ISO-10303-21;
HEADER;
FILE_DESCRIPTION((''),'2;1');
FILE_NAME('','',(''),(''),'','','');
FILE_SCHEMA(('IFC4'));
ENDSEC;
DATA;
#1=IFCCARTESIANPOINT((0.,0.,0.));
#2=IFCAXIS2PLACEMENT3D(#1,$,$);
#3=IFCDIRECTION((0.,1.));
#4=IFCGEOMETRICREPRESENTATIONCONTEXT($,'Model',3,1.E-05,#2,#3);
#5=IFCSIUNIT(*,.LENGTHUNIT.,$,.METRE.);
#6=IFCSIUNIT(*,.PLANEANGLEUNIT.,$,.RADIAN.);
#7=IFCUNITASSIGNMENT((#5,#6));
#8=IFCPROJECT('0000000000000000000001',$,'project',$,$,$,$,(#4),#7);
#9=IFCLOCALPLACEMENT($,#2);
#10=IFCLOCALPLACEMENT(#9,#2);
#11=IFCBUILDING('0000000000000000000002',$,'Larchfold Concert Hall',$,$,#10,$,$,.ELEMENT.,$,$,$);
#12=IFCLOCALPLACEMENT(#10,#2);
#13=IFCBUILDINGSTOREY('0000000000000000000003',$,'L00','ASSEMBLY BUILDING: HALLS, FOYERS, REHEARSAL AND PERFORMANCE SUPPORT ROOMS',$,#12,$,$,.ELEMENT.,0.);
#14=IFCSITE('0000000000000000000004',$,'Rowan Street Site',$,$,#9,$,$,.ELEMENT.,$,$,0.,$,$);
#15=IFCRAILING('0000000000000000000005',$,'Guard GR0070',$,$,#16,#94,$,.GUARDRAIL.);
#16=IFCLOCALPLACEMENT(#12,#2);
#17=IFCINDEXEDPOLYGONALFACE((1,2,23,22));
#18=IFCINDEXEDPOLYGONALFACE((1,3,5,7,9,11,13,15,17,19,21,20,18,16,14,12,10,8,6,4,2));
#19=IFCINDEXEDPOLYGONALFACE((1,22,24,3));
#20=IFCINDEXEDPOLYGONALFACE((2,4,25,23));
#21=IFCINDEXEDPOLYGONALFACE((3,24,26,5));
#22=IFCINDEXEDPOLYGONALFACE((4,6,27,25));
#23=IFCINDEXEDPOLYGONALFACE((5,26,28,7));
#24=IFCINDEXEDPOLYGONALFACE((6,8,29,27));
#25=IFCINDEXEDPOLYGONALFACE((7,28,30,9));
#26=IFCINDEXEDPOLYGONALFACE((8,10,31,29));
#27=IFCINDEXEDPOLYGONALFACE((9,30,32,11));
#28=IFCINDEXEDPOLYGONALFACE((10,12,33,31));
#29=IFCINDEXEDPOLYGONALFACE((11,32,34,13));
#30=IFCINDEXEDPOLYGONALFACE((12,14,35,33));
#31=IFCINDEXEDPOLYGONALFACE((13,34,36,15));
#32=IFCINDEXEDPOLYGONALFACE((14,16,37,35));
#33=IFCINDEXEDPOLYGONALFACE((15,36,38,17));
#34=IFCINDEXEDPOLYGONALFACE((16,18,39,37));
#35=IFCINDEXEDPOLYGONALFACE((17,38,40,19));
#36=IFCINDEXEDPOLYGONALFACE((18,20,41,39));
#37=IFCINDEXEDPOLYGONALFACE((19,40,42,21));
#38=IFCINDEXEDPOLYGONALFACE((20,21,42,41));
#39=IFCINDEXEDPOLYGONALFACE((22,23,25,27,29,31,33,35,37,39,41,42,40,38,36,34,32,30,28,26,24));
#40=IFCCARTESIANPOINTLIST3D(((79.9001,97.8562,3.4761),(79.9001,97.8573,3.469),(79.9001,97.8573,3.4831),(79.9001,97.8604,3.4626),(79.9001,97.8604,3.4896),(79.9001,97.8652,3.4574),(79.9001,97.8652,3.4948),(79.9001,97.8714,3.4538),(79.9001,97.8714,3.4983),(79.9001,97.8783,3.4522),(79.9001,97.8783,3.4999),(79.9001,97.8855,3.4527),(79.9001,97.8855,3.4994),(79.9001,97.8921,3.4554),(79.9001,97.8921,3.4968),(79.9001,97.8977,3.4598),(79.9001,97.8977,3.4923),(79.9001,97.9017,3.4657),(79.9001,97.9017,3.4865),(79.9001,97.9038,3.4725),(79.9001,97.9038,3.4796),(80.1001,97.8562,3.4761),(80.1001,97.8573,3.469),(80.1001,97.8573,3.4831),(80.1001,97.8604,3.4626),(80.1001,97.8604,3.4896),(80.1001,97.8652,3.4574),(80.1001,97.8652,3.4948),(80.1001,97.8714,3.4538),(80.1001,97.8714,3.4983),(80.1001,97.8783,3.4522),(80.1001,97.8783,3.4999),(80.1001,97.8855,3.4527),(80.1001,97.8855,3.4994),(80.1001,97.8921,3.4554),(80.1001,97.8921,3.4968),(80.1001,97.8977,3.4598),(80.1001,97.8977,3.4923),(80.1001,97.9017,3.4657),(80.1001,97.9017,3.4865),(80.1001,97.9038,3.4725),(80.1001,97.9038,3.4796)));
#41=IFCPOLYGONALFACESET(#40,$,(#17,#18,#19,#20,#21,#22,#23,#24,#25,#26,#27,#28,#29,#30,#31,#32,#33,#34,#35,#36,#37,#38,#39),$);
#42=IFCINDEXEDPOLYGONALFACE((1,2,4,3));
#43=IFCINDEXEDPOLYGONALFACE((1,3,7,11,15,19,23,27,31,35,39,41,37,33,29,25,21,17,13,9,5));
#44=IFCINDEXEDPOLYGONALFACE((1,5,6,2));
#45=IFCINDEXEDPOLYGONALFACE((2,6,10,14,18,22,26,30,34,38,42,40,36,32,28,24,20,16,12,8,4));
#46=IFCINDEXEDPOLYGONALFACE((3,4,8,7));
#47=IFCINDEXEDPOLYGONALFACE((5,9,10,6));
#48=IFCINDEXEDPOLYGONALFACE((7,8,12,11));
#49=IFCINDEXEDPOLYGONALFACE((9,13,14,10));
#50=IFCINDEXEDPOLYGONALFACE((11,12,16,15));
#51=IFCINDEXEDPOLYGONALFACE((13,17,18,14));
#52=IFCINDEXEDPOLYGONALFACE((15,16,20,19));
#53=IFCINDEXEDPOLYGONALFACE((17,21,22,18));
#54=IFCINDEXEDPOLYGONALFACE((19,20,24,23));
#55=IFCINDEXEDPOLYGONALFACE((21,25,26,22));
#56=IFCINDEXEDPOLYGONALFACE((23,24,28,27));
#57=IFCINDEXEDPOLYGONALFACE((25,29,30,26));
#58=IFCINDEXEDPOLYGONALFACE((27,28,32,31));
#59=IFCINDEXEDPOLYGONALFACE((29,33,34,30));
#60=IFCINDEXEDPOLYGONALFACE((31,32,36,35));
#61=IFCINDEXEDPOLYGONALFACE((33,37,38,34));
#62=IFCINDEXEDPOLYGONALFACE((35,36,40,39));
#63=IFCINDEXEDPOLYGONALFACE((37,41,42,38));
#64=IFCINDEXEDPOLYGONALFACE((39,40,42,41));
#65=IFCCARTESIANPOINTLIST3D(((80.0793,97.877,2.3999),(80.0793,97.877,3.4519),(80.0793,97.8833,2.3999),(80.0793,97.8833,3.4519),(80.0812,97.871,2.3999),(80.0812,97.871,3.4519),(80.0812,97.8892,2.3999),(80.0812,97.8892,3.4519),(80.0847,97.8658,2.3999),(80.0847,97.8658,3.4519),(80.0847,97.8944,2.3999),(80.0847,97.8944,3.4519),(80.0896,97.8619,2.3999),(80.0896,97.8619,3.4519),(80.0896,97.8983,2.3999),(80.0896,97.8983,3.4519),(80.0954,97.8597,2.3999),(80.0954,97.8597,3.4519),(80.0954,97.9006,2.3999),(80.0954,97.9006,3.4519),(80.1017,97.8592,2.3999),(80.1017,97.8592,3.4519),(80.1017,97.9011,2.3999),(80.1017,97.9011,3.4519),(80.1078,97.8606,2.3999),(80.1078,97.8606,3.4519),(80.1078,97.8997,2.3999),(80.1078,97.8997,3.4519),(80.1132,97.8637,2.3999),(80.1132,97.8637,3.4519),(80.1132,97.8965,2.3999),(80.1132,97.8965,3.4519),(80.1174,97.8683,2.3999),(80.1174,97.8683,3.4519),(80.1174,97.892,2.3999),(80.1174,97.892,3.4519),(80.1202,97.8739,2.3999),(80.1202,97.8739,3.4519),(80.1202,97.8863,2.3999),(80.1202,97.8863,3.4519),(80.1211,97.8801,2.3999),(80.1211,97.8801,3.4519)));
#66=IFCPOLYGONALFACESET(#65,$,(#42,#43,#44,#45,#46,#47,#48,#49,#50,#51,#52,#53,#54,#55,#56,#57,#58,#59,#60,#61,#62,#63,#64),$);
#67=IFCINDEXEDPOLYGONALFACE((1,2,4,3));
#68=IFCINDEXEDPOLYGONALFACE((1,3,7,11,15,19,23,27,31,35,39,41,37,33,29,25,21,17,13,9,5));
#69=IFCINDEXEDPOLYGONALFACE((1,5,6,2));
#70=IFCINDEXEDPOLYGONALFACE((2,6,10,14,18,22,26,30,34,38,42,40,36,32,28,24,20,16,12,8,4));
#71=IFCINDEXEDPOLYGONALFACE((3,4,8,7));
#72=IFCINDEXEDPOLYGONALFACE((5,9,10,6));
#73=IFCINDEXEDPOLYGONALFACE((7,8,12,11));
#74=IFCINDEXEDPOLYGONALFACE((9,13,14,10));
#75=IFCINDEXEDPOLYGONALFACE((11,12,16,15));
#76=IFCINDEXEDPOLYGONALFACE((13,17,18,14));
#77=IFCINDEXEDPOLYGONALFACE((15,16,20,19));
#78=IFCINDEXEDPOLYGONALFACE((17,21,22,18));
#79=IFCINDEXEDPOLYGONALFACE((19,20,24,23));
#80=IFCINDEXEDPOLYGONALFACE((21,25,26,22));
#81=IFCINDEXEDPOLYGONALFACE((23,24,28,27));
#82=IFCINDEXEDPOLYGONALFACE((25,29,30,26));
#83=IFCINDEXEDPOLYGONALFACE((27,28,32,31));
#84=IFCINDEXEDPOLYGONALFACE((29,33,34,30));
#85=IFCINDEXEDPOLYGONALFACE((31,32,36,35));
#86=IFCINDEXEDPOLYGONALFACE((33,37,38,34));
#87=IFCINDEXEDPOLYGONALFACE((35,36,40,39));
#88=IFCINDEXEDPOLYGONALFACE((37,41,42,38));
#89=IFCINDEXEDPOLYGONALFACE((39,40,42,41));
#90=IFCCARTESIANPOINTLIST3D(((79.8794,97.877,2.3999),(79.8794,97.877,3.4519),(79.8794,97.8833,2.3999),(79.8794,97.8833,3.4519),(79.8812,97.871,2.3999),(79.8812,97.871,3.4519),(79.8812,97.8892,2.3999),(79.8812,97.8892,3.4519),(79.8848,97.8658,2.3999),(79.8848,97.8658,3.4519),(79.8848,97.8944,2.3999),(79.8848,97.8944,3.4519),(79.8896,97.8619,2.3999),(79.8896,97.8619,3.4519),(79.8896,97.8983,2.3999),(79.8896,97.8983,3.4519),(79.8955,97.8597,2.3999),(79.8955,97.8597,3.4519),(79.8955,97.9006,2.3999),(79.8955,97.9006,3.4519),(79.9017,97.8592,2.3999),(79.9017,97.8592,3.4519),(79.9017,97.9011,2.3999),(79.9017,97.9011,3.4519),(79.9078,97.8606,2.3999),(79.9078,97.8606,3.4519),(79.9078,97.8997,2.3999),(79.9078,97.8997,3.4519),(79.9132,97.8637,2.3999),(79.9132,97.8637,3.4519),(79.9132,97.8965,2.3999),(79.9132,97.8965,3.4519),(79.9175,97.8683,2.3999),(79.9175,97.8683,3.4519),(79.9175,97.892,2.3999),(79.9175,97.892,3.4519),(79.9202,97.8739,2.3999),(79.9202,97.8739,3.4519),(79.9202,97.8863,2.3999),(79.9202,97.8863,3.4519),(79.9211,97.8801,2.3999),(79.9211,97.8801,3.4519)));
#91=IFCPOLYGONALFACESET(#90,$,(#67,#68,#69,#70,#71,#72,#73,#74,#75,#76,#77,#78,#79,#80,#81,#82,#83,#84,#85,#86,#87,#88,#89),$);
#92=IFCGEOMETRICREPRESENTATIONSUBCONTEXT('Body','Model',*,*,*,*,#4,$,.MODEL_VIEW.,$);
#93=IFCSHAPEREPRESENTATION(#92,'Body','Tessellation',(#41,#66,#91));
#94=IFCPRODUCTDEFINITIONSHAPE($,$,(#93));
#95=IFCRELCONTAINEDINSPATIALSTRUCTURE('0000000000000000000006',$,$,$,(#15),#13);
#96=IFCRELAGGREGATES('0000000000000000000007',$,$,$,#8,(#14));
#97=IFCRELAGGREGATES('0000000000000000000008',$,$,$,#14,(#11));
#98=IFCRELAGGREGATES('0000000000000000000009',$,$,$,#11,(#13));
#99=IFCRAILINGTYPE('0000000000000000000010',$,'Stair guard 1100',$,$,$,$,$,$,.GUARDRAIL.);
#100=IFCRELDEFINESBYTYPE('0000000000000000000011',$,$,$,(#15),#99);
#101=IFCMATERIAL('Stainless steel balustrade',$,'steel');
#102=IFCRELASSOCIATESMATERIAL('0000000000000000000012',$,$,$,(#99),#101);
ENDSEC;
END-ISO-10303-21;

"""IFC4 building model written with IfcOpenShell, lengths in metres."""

from ifc_helpers import new_model, si_unit, direction, frame, origin, origin_2d, place, context, subcontext, project, spatial, circle, extrude, material, type_object, element, save


model = new_model("IFC4")

# Units and contexts
model_context = context("Model", 3, precision=1e-05, world=origin(), true_north=direction((0.0, 1.0)))
body_context = subcontext(model_context, "Body", "Model", "MODEL_VIEW")
ifc_project = project(units=[si_unit("LENGTHUNIT", "METRE"), si_unit("PLANEANGLEUNIT", "RADIAN")], contexts=[model_context])

# Site, building, storey
site_placement = place(None, origin())
site = spatial("IfcSite", under=ifc_project, at=site_placement, Name="Rowan Street Site", CompositionType="ELEMENT", RefElevation=0.0)
building_placement = place(site_placement, origin())
building = spatial("IfcBuilding", under=site, at=building_placement, Name="Larchfold Concert Hall", CompositionType="ELEMENT")
storey_placement = place(building_placement, origin())
storey = spatial("IfcBuildingStorey", under=building, at=storey_placement, Name="L00", Description="ASSEMBLY BUILDING: HALLS, FOYERS, REHEARSAL AND PERFORMANCE SUPPORT ROOMS", CompositionType="ELEMENT", Elevation=0.0)

# Railing
ifc_material_1 = material(Name="Stainless steel balustrade", Category="steel")
railing_type_1 = type_object("IfcRailingType", Name="Stair guard 1100", PredefinedType="GUARDRAIL", material=ifc_material_1)
railing_1_placement = place(storey_placement, frame((80.1001, 97.8801, 2.3999)))
element("IfcRailing", 1, at=railing_1_placement, inside=storey, type_object=railing_type_1, Name="Guard GR0070", PredefinedType="GUARDRAIL", context=body_context, shape_type="SweptSolid", body=[
    extrude(circle(Radius=0.0239, at=origin_2d()), frame((0.0, 0.0, 1.0762), z_axis=(-1.0, 0.0, 0.0), x_axis=(0.0, -1.0, 0.0)), (0.0, 0.0, 1.0), 0.2),
    extrude(circle(Radius=0.021, at=origin_2d()), origin(), (0.0, 0.0, 1.0), 1.052),
    extrude(circle(Radius=0.021, at=origin_2d()), frame((-0.2, 0.0, 0.0)), (0.0, 0.0, 1.0), 1.052),
])

save(model, "model.ifc")
